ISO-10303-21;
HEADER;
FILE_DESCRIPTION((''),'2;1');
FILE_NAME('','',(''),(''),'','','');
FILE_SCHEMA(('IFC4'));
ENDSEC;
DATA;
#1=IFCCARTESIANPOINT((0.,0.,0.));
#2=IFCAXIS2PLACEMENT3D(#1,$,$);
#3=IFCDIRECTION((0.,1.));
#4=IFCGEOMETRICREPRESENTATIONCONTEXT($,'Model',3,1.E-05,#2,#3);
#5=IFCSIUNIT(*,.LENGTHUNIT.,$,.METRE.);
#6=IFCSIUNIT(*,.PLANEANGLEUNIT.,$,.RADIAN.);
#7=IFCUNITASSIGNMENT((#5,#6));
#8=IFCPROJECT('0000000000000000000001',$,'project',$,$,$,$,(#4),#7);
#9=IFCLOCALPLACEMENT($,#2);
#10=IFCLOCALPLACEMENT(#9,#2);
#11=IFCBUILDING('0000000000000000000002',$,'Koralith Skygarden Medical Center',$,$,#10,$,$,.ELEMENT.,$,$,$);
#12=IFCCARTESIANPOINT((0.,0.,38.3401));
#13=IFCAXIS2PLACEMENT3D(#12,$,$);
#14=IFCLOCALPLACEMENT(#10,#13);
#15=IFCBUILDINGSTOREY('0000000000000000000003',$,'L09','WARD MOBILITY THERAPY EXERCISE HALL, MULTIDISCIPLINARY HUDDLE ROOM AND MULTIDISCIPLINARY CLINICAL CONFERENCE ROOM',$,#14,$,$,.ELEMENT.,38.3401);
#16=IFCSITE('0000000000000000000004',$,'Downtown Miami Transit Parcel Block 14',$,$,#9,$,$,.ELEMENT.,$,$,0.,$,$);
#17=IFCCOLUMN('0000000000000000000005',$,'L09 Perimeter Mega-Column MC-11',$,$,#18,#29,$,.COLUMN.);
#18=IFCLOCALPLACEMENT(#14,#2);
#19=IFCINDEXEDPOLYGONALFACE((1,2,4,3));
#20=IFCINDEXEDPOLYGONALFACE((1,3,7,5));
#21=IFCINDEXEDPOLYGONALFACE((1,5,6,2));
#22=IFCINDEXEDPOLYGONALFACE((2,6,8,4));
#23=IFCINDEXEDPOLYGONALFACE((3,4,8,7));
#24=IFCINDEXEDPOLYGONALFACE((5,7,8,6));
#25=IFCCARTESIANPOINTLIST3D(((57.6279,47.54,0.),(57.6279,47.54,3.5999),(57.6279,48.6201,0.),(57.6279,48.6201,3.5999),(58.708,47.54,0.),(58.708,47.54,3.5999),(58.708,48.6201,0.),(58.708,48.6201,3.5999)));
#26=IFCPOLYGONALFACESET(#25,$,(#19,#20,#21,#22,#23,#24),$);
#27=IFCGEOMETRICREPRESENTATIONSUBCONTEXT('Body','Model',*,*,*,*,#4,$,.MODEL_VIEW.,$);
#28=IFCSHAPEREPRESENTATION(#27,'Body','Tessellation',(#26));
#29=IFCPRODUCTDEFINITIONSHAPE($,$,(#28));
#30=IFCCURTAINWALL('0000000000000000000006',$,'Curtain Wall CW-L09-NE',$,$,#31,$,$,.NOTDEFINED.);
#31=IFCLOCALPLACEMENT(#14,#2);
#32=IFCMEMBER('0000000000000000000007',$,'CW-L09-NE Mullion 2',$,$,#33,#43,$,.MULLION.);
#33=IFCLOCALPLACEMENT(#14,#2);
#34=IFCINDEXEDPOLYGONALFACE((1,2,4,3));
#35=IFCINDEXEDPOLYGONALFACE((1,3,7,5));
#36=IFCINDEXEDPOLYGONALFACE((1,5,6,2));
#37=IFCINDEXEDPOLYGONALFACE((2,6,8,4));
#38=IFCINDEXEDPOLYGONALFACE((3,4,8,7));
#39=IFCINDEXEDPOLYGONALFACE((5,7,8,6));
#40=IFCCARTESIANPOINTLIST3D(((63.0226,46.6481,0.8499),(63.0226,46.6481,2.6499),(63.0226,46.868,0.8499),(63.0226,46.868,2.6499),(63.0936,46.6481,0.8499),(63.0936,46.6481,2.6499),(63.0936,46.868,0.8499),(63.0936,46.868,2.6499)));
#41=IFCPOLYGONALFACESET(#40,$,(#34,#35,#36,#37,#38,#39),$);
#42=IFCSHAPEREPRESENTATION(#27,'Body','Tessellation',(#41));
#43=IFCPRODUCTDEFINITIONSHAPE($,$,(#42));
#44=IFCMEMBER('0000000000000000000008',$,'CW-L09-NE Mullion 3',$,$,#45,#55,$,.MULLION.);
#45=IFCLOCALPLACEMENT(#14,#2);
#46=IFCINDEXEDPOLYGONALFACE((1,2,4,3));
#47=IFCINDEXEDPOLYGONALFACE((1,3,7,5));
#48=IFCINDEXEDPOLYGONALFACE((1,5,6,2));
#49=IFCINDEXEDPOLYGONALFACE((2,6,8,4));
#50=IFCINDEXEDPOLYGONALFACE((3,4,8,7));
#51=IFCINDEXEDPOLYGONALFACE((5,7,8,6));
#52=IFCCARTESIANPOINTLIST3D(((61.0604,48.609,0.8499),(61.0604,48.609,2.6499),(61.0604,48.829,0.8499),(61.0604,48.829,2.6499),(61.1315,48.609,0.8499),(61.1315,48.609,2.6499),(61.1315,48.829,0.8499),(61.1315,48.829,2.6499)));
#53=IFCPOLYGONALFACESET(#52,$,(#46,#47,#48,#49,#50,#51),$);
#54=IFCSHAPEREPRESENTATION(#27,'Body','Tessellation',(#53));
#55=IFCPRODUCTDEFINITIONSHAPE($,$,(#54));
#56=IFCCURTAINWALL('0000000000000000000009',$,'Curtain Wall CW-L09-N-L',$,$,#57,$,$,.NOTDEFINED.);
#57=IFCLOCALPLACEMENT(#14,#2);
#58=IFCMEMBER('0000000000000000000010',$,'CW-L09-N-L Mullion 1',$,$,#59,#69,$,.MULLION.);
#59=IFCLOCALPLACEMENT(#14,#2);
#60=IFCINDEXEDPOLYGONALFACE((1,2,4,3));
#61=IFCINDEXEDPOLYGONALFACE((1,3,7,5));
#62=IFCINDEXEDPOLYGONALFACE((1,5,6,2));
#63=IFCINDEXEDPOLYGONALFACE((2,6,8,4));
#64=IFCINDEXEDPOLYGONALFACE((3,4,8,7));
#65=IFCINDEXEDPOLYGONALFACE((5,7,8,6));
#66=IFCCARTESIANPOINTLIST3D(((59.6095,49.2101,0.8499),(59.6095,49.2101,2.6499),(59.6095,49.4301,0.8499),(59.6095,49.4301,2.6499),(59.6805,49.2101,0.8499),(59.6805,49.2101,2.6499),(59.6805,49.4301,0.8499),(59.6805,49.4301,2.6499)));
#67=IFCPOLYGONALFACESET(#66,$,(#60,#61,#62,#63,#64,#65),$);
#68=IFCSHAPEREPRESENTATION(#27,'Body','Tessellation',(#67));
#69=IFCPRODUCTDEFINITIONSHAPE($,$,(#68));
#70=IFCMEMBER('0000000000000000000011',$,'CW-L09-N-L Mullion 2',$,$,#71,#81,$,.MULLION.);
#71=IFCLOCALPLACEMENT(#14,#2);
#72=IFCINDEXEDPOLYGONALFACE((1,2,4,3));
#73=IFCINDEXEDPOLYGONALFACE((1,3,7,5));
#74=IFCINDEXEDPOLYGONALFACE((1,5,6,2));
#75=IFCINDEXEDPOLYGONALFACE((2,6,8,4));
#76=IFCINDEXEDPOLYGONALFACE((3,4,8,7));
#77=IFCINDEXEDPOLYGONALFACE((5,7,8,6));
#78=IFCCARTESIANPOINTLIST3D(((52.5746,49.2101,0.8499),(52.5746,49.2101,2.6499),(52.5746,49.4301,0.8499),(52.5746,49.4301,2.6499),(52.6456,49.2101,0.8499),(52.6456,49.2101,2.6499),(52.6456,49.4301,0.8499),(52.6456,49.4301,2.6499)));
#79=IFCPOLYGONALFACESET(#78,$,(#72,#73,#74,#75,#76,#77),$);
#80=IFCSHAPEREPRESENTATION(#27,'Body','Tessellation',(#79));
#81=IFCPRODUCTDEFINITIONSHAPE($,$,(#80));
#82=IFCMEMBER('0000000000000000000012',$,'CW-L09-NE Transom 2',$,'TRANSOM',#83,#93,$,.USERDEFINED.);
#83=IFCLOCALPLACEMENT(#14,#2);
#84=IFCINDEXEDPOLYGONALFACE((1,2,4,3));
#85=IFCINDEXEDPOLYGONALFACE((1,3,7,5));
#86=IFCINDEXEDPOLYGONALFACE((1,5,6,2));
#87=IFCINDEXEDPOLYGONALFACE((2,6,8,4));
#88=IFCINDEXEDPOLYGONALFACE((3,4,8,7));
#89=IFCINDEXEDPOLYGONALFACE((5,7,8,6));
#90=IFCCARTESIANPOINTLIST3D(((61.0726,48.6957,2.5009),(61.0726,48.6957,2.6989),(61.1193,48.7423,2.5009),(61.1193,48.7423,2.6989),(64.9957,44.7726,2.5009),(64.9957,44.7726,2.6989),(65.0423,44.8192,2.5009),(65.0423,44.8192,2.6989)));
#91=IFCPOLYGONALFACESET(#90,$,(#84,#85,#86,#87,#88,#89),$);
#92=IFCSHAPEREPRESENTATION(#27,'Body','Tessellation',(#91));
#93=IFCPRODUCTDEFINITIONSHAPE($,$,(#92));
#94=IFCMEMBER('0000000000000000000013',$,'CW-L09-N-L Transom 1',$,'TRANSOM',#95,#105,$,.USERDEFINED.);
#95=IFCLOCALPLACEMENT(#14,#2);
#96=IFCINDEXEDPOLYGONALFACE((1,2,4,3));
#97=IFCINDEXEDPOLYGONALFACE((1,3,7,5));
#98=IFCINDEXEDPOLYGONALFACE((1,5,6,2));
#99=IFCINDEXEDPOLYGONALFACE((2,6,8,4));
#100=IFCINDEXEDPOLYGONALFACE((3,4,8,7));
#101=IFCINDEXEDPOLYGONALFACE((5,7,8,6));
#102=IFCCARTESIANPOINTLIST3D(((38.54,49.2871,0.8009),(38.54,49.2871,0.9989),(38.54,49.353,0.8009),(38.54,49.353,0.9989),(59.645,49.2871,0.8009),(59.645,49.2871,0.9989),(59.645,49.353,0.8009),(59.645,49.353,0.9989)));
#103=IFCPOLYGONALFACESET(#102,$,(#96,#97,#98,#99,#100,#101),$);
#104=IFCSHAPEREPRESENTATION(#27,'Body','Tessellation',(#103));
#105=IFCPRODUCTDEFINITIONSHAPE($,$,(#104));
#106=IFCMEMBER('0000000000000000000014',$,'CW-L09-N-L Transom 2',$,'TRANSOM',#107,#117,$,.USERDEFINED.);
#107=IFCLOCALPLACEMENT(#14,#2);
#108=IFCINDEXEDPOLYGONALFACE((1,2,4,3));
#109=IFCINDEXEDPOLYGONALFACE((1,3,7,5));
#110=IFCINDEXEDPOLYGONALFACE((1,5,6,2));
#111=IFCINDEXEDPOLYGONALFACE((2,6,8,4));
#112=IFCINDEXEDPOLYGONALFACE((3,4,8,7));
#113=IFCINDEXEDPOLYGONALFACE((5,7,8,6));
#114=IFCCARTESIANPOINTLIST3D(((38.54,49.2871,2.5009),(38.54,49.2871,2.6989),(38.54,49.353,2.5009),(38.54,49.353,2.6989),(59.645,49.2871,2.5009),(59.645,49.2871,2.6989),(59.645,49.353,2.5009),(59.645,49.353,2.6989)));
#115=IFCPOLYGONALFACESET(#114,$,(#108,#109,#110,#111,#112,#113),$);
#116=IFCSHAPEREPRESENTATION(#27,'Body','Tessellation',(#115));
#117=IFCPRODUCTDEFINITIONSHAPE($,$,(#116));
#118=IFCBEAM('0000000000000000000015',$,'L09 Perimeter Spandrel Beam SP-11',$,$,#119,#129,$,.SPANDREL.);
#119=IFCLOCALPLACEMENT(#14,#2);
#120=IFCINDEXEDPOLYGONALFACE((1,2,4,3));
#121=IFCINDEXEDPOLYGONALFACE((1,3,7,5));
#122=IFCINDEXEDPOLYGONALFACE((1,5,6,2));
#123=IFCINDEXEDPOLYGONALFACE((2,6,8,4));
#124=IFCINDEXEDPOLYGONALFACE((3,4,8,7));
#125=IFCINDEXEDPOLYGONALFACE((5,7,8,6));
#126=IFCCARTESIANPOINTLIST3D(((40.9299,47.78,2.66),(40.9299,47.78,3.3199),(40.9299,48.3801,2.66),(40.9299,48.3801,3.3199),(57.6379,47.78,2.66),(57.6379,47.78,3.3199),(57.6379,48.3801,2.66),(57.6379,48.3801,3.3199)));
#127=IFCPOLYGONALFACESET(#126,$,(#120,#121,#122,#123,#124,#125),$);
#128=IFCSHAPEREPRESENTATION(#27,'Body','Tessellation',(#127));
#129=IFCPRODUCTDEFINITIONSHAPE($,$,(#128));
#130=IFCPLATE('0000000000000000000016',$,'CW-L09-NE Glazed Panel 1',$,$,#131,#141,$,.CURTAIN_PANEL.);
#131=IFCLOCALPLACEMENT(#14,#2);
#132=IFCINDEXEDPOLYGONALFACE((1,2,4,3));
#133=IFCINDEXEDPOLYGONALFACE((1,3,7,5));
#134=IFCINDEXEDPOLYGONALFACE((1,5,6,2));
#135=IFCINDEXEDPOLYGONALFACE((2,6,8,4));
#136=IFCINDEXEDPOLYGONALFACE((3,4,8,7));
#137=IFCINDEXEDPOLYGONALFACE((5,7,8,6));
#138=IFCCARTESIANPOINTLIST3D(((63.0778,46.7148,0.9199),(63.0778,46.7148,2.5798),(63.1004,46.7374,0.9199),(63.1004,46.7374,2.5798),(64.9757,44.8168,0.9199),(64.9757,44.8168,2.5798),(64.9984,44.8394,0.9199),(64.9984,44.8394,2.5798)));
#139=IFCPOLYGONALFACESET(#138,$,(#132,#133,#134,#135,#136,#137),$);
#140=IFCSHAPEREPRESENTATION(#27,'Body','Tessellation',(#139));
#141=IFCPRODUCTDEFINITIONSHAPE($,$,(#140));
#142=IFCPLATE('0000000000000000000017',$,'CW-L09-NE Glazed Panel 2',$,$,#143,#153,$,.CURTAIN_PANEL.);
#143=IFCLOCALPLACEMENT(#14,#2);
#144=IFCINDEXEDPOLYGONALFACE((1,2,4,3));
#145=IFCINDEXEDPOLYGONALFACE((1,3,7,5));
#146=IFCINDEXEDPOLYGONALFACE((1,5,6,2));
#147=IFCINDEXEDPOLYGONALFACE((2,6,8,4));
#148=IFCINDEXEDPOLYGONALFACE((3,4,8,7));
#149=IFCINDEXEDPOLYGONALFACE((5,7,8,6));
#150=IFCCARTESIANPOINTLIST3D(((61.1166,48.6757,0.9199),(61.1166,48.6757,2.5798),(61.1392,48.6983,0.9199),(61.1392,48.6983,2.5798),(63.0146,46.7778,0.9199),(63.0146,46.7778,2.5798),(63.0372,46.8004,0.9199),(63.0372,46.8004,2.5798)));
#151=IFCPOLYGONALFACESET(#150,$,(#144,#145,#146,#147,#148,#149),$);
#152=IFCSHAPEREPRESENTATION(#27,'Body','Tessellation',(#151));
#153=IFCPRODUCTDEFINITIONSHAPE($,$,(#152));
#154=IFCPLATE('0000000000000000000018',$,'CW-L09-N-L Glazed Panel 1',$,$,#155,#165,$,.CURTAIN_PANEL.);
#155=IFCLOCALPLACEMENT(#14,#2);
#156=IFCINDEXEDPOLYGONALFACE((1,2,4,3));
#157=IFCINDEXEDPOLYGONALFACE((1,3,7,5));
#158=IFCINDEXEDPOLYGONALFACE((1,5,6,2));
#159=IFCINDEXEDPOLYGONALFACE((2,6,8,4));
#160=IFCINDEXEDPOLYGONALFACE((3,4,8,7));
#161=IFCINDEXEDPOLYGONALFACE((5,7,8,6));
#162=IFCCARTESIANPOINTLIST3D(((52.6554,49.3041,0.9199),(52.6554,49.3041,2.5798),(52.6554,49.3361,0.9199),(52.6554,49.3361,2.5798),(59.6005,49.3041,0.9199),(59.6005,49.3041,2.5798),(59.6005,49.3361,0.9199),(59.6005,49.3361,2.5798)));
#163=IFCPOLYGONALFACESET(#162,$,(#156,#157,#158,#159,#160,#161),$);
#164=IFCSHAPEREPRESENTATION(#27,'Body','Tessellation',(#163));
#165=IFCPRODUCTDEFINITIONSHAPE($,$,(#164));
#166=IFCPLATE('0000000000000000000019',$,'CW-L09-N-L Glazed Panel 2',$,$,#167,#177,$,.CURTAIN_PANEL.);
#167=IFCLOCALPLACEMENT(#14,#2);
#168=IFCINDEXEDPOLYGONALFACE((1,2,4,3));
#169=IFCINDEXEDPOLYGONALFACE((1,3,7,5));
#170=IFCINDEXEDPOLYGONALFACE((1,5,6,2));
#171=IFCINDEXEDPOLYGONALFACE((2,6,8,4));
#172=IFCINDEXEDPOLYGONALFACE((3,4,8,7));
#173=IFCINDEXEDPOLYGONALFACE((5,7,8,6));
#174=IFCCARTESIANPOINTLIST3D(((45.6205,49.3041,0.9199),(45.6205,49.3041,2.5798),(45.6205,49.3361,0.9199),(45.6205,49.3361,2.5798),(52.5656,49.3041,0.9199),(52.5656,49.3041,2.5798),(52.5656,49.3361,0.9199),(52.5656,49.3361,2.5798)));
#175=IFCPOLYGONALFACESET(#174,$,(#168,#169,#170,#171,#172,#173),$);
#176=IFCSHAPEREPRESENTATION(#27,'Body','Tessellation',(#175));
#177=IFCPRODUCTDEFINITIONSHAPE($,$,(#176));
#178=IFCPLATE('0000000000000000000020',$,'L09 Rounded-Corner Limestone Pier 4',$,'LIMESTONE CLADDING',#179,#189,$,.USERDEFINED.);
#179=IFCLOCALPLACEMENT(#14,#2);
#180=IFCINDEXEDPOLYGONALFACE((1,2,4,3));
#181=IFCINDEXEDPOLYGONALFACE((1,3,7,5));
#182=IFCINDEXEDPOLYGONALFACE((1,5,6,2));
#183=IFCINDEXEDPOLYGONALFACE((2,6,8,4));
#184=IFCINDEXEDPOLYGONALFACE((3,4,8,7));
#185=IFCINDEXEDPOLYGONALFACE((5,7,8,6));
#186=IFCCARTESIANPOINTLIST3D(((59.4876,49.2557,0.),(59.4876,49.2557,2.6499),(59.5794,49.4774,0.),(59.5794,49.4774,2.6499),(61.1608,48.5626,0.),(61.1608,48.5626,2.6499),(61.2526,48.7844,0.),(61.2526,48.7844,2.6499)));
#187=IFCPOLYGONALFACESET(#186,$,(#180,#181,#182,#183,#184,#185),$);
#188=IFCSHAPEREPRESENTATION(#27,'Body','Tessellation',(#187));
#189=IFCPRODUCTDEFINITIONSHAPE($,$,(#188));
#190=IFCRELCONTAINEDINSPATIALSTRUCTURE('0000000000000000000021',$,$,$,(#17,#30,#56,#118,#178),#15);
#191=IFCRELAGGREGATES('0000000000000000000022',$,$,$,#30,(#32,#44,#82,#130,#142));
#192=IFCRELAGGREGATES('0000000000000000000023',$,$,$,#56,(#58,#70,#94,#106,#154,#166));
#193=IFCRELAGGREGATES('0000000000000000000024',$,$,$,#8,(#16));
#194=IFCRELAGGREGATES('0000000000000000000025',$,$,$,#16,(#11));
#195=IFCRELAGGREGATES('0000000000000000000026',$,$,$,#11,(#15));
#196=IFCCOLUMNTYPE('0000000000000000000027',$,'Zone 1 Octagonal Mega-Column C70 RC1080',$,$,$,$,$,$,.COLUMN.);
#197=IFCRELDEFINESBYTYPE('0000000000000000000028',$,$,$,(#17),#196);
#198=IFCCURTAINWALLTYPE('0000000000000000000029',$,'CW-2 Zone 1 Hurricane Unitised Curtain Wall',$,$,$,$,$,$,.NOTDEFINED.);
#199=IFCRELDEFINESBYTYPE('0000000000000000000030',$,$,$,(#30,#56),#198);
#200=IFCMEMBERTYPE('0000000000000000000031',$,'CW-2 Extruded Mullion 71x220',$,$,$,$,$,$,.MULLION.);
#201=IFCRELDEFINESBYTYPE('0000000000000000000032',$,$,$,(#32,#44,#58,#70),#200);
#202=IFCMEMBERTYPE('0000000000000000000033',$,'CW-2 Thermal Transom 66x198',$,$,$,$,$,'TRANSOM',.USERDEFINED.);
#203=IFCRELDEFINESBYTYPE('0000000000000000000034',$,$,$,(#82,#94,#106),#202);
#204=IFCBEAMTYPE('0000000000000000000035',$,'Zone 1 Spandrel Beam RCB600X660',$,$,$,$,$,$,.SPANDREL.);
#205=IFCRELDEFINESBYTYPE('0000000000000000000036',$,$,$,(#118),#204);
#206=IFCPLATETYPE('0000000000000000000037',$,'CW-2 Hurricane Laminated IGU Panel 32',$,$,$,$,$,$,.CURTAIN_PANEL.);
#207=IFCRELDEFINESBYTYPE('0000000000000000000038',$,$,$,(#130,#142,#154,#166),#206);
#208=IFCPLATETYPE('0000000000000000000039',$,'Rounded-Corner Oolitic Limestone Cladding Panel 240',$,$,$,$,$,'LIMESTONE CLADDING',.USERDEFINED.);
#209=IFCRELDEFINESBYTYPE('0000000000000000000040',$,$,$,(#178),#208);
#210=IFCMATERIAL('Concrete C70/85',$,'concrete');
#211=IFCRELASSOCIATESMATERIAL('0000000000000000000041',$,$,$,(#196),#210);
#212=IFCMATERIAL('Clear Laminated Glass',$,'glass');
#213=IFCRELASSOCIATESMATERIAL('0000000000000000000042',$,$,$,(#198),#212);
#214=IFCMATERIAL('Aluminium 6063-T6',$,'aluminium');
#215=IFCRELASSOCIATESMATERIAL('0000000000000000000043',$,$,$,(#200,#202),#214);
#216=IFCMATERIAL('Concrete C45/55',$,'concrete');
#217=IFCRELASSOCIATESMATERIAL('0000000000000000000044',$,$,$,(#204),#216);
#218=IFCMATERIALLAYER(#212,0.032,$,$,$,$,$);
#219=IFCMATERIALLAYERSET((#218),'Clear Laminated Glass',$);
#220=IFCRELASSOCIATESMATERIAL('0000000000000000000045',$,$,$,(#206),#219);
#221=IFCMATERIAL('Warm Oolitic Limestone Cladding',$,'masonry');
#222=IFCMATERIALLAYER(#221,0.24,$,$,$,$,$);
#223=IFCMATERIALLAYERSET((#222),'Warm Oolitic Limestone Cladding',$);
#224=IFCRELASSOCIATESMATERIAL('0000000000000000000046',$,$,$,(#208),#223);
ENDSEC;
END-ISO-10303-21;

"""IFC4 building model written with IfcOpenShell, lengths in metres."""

from ifc_helpers import new_model, si_unit, direction, frame, origin, origin_2d, place, context, subcontext, project, spatial, rectangle, extrude, material, layer, layer_set, material_profile, profile_set, type_object, element, aggregate, save


model = new_model("IFC4")

# Units and contexts
model_context = context("Model", 3, precision=1e-05, world=origin(), true_north=direction((0.0, 1.0)))
body_context = subcontext(model_context, "Body", "Model", "MODEL_VIEW")
ifc_project = project(units=[si_unit("LENGTHUNIT", "METRE"), si_unit("PLANEANGLEUNIT", "RADIAN")], contexts=[model_context])

# Site, building, storey
site_placement = place(None, origin())
site = spatial("IfcSite", under=ifc_project, at=site_placement, Name="Downtown Miami Transit Parcel Block 14", CompositionType="ELEMENT", RefElevation=0.0)
building_placement = place(site_placement, origin())
building = spatial("IfcBuilding", under=site, at=building_placement, Name="Koralith Skygarden Medical Center", CompositionType="ELEMENT")
storey_placement = place(building_placement, frame((0.0, 0.0, 38.3401)))
storey = spatial("IfcBuildingStorey", under=building, at=storey_placement, Name="L09", Description="WARD MOBILITY THERAPY EXERCISE HALL, MULTIDISCIPLINARY HUDDLE ROOM AND MULTIDISCIPLINARY CLINICAL CONFERENCE ROOM", CompositionType="ELEMENT", Elevation=38.3401)

# Column
ifc_material_1 = material(Name="Concrete C70/85", Category="concrete")
ifc_material_profile_1 = material_profile(ifc_material_1, rectangle(XDim=1.0801, YDim=1.0801, at=origin_2d()), Name="RC1080X1080")
ifc_profile_set_1 = profile_set([ifc_material_profile_1], Name="Concrete C70/85")
column_type = type_object("IfcColumnType", Name="Zone 1 Octagonal Mega-Column C70 RC1080", PredefinedType="COLUMN", material=ifc_profile_set_1)
column_placement = place(storey_placement, frame((58.168, 48.0801, 0.0), z_axis=(0.0, 0.0, 1.0), x_axis=(1.0, 0.0, 0.0)))
element("IfcColumn", 1, at=column_placement, inside=storey, type_object=column_type, Name="L09 Perimeter Mega-Column MC-11", PredefinedType="COLUMN", context=body_context, shape_type="SweptSolid", body=[
    extrude(rectangle(XDim=1.0801, YDim=1.0801, at=origin_2d()), origin(), (0.0, 0.0, 1.0), 3.5999),
])

# Curtain walls, members
ifc_material_2 = material(Name="Clear Laminated Glass", Category="glass")
curtain_wall_type = type_object("IfcCurtainWallType", Name="CW-2 Zone 1 Hurricane Unitised Curtain Wall", PredefinedType="NOTDEFINED", material=ifc_material_2)
curtain_wall_1_placement = place(storey_placement, origin())
curtain_wall_1 = element("IfcCurtainWall", 2, at=curtain_wall_1_placement, inside=storey, type_object=curtain_wall_type, Name="Curtain Wall CW-L09-NE", PredefinedType="NOTDEFINED")
ifc_material_3 = material(Name="Aluminium 6063-T6", Category="aluminium")
ifc_material_profile_2 = material_profile(ifc_material_3, rectangle(XDim=0.071, YDim=0.22, at=origin_2d()), Name="MUL71X220")
ifc_profile_set_2 = profile_set([ifc_material_profile_2], Name="Aluminium 6063-T6")
member_type_1 = type_object("IfcMemberType", Name="CW-2 Extruded Mullion 71x220", PredefinedType="MULLION", material=ifc_profile_set_2)
member_1_placement = place(storey_placement, frame((63.0581, 46.7581, 0.8499), z_axis=(0.0, 0.0, 1.0), x_axis=(1.0, 0.0, 0.0)))
member_1 = element("IfcMember", 3, at=member_1_placement, type_object=member_type_1, Name="CW-L09-NE Mullion 2", PredefinedType="MULLION", context=body_context, shape_type="SweptSolid", body=[
    extrude(rectangle(XDim=0.071, YDim=0.22, at=origin_2d()), origin(), (0.0, 0.0, 1.0), 1.8),
])
member_2_placement = place(storey_placement, frame((61.0959, 48.719, 0.8499), z_axis=(0.0, 0.0, 1.0), x_axis=(1.0, 0.0, 0.0)))
member_2 = element("IfcMember", 4, at=member_2_placement, type_object=member_type_1, Name="CW-L09-NE Mullion 3", PredefinedType="MULLION", context=body_context, shape_type="SweptSolid", body=[
    extrude(rectangle(XDim=0.071, YDim=0.22, at=origin_2d()), origin(), (0.0, 0.0, 1.0), 1.8),
])
curtain_wall_2_placement = place(storey_placement, origin())
curtain_wall_2 = element("IfcCurtainWall", 5, at=curtain_wall_2_placement, inside=storey, type_object=curtain_wall_type, Name="Curtain Wall CW-L09-N-L", PredefinedType="NOTDEFINED")
member_3_placement = place(storey_placement, frame((59.645, 49.3201, 0.8499), z_axis=(0.0, 0.0, 1.0), x_axis=(1.0, 0.0, 0.0)))
member_3 = element("IfcMember", 6, at=member_3_placement, type_object=member_type_1, Name="CW-L09-N-L Mullion 1", PredefinedType="MULLION", context=body_context, shape_type="SweptSolid", body=[
    extrude(rectangle(XDim=0.071, YDim=0.22, at=origin_2d()), origin(), (0.0, 0.0, 1.0), 1.8),
])
member_4_placement = place(storey_placement, frame((52.6101, 49.3201, 0.8499), z_axis=(0.0, 0.0, 1.0), x_axis=(1.0, 0.0, 0.0)))
member_4 = element("IfcMember", 7, at=member_4_placement, type_object=member_type_1, Name="CW-L09-N-L Mullion 2", PredefinedType="MULLION", context=body_context, shape_type="SweptSolid", body=[
    extrude(rectangle(XDim=0.071, YDim=0.22, at=origin_2d()), origin(), (0.0, 0.0, 1.0), 1.8),
])

# Members
ifc_material_profile_3 = material_profile(ifc_material_3, rectangle(XDim=0.0659, YDim=0.198, at=origin_2d()), Name="TRN66X198")
ifc_profile_set_3 = profile_set([ifc_material_profile_3], Name="Aluminium 6063-T6")
member_type_2 = type_object("IfcMemberType", Name="CW-2 Thermal Transom 66x198", ElementType="TRANSOM", PredefinedType="USERDEFINED", material=ifc_profile_set_3)
member_5_placement = place(storey_placement, frame((65.019, 44.7959, 2.5999), z_axis=(-0.707107, 0.707107, 0.0), x_axis=(-0.707107, -0.707107, 0.0)))
member_5 = element("IfcMember", 8, at=member_5_placement, type_object=member_type_2, Name="CW-L09-NE Transom 2", ObjectType="TRANSOM", PredefinedType="USERDEFINED", context=body_context, shape_type="SweptSolid", body=[
    extrude(rectangle(XDim=0.0659, YDim=0.198, at=origin_2d()), origin(), (0.0, 0.0, 1.0), 5.5481),
])
member_6_placement = place(storey_placement, frame((59.645, 49.3201, 0.8999), z_axis=(-1.0, 0.0, 0.0), x_axis=(0.0, -1.0, 0.0)))
member_6 = element("IfcMember", 9, at=member_6_placement, type_object=member_type_2, Name="CW-L09-N-L Transom 1", ObjectType="TRANSOM", PredefinedType="USERDEFINED", context=body_context, shape_type="SweptSolid", body=[
    extrude(rectangle(XDim=0.0659, YDim=0.198, at=origin_2d()), origin(), (0.0, 0.0, 1.0), 21.105),
])
member_7_placement = place(storey_placement, frame((59.645, 49.3201, 2.5999), z_axis=(-1.0, 0.0, 0.0), x_axis=(0.0, -1.0, 0.0)))
member_7 = element("IfcMember", 10, at=member_7_placement, type_object=member_type_2, Name="CW-L09-N-L Transom 2", ObjectType="TRANSOM", PredefinedType="USERDEFINED", context=body_context, shape_type="SweptSolid", body=[
    extrude(rectangle(XDim=0.0659, YDim=0.198, at=origin_2d()), origin(), (0.0, 0.0, 1.0), 21.105),
])

# Beam
ifc_material_4 = material(Name="Concrete C45/55", Category="concrete")
ifc_material_profile_4 = material_profile(ifc_material_4, rectangle(XDim=0.6001, YDim=0.6599, at=origin_2d()), Name="RCB600X660")
ifc_profile_set_4 = profile_set([ifc_material_profile_4], Name="Concrete C45/55")
beam_type = type_object("IfcBeamType", Name="Zone 1 Spandrel Beam RCB600X660", PredefinedType="SPANDREL", material=ifc_profile_set_4)
beam_placement = place(storey_placement, frame((57.6379, 48.0801, 2.99), z_axis=(-1.0, 0.0, 0.0), x_axis=(0.0, -1.0, 0.0)))
element("IfcBeam", 11, at=beam_placement, inside=storey, type_object=beam_type, Name="L09 Perimeter Spandrel Beam SP-11", PredefinedType="SPANDREL", context=body_context, shape_type="SweptSolid", body=[
    extrude(rectangle(XDim=0.6001, YDim=0.6599, at=origin_2d()), origin(), (0.0, 0.0, 1.0), 16.708),
])

# Plates
ifc_layer_1 = layer(ifc_material_2, 0.032)
ifc_layer_set_1 = layer_set([ifc_layer_1], Name="Clear Laminated Glass")
plate_type_1 = type_object("IfcPlateType", Name="CW-2 Hurricane Laminated IGU Panel 32", PredefinedType="CURTAIN_PANEL", material=ifc_layer_set_1)
plate_1_placement = place(storey_placement, frame((64.0381, 45.7771, 0.9199), z_axis=(0.0, 0.0, 1.0), x_axis=(-0.707107, 0.707107, 0.0)))
plate_1 = element("IfcPlate", 12, at=plate_1_placement, type_object=plate_type_1, Name="CW-L09-NE Glazed Panel 1", PredefinedType="CURTAIN_PANEL", context=body_context, shape_type="SweptSolid", body=[
    extrude(rectangle(XDim=2.6841, YDim=0.032, at=origin_2d()), origin(), (0.0, 0.0, 1.0), 1.6599),
])
plate_2_placement = place(storey_placement, frame((62.0769, 47.738, 0.9199), z_axis=(0.0, 0.0, 1.0), x_axis=(-0.707107, 0.707107, 0.0)))
plate_2 = element("IfcPlate", 13, at=plate_2_placement, type_object=plate_type_1, Name="CW-L09-NE Glazed Panel 2", PredefinedType="CURTAIN_PANEL", context=body_context, shape_type="SweptSolid", body=[
    extrude(rectangle(XDim=2.6841, YDim=0.032, at=origin_2d()), origin(), (0.0, 0.0, 1.0), 1.6599),
])
aggregate(curtain_wall_1, [member_1, member_2, member_5, plate_1, plate_2])
plate_3_placement = place(storey_placement, frame((56.1279, 49.3201, 0.9199), z_axis=(0.0, 0.0, 1.0), x_axis=(-1.0, 0.0, 0.0)))
plate_3 = element("IfcPlate", 14, at=plate_3_placement, type_object=plate_type_1, Name="CW-L09-N-L Glazed Panel 1", PredefinedType="CURTAIN_PANEL", context=body_context, shape_type="SweptSolid", body=[
    extrude(rectangle(XDim=6.9451, YDim=0.032, at=origin_2d()), origin(), (0.0, 0.0, 1.0), 1.6599),
])
plate_4_placement = place(storey_placement, frame((49.093, 49.3201, 0.9199), z_axis=(0.0, 0.0, 1.0), x_axis=(-1.0, 0.0, 0.0)))
plate_4 = element("IfcPlate", 15, at=plate_4_placement, type_object=plate_type_1, Name="CW-L09-N-L Glazed Panel 2", PredefinedType="CURTAIN_PANEL", context=body_context, shape_type="SweptSolid", body=[
    extrude(rectangle(XDim=6.9451, YDim=0.032, at=origin_2d()), origin(), (0.0, 0.0, 1.0), 1.6599),
])
aggregate(curtain_wall_2, [member_3, member_4, member_6, member_7, plate_3, plate_4])
ifc_material_5 = material(Name="Warm Oolitic Limestone Cladding", Category="masonry")
ifc_layer_2 = layer(ifc_material_5, 0.24)
ifc_layer_set_2 = layer_set([ifc_layer_2], Name="Warm Oolitic Limestone Cladding")
plate_type_2 = type_object("IfcPlateType", Name="Rounded-Corner Oolitic Limestone Cladding Panel 240", ElementType="LIMESTONE CLADDING", PredefinedType="USERDEFINED", material=ifc_layer_set_2)
plate_5_placement = place(storey_placement, frame((60.3701, 49.02, 0.0), z_axis=(0.0, 0.0, 1.0), x_axis=(-0.923885, 0.382671, 0.0)))
element("IfcPlate", 16, at=plate_5_placement, inside=storey, type_object=plate_type_2, Name="L09 Rounded-Corner Limestone Pier 4", ObjectType="LIMESTONE CLADDING", PredefinedType="USERDEFINED", context=body_context, shape_type="SweptSolid", body=[
    extrude(rectangle(XDim=1.811, YDim=0.24, at=origin_2d()), origin(), (0.0, 0.0, 1.0), 2.6499),
])

save(model, "model.ifc")
